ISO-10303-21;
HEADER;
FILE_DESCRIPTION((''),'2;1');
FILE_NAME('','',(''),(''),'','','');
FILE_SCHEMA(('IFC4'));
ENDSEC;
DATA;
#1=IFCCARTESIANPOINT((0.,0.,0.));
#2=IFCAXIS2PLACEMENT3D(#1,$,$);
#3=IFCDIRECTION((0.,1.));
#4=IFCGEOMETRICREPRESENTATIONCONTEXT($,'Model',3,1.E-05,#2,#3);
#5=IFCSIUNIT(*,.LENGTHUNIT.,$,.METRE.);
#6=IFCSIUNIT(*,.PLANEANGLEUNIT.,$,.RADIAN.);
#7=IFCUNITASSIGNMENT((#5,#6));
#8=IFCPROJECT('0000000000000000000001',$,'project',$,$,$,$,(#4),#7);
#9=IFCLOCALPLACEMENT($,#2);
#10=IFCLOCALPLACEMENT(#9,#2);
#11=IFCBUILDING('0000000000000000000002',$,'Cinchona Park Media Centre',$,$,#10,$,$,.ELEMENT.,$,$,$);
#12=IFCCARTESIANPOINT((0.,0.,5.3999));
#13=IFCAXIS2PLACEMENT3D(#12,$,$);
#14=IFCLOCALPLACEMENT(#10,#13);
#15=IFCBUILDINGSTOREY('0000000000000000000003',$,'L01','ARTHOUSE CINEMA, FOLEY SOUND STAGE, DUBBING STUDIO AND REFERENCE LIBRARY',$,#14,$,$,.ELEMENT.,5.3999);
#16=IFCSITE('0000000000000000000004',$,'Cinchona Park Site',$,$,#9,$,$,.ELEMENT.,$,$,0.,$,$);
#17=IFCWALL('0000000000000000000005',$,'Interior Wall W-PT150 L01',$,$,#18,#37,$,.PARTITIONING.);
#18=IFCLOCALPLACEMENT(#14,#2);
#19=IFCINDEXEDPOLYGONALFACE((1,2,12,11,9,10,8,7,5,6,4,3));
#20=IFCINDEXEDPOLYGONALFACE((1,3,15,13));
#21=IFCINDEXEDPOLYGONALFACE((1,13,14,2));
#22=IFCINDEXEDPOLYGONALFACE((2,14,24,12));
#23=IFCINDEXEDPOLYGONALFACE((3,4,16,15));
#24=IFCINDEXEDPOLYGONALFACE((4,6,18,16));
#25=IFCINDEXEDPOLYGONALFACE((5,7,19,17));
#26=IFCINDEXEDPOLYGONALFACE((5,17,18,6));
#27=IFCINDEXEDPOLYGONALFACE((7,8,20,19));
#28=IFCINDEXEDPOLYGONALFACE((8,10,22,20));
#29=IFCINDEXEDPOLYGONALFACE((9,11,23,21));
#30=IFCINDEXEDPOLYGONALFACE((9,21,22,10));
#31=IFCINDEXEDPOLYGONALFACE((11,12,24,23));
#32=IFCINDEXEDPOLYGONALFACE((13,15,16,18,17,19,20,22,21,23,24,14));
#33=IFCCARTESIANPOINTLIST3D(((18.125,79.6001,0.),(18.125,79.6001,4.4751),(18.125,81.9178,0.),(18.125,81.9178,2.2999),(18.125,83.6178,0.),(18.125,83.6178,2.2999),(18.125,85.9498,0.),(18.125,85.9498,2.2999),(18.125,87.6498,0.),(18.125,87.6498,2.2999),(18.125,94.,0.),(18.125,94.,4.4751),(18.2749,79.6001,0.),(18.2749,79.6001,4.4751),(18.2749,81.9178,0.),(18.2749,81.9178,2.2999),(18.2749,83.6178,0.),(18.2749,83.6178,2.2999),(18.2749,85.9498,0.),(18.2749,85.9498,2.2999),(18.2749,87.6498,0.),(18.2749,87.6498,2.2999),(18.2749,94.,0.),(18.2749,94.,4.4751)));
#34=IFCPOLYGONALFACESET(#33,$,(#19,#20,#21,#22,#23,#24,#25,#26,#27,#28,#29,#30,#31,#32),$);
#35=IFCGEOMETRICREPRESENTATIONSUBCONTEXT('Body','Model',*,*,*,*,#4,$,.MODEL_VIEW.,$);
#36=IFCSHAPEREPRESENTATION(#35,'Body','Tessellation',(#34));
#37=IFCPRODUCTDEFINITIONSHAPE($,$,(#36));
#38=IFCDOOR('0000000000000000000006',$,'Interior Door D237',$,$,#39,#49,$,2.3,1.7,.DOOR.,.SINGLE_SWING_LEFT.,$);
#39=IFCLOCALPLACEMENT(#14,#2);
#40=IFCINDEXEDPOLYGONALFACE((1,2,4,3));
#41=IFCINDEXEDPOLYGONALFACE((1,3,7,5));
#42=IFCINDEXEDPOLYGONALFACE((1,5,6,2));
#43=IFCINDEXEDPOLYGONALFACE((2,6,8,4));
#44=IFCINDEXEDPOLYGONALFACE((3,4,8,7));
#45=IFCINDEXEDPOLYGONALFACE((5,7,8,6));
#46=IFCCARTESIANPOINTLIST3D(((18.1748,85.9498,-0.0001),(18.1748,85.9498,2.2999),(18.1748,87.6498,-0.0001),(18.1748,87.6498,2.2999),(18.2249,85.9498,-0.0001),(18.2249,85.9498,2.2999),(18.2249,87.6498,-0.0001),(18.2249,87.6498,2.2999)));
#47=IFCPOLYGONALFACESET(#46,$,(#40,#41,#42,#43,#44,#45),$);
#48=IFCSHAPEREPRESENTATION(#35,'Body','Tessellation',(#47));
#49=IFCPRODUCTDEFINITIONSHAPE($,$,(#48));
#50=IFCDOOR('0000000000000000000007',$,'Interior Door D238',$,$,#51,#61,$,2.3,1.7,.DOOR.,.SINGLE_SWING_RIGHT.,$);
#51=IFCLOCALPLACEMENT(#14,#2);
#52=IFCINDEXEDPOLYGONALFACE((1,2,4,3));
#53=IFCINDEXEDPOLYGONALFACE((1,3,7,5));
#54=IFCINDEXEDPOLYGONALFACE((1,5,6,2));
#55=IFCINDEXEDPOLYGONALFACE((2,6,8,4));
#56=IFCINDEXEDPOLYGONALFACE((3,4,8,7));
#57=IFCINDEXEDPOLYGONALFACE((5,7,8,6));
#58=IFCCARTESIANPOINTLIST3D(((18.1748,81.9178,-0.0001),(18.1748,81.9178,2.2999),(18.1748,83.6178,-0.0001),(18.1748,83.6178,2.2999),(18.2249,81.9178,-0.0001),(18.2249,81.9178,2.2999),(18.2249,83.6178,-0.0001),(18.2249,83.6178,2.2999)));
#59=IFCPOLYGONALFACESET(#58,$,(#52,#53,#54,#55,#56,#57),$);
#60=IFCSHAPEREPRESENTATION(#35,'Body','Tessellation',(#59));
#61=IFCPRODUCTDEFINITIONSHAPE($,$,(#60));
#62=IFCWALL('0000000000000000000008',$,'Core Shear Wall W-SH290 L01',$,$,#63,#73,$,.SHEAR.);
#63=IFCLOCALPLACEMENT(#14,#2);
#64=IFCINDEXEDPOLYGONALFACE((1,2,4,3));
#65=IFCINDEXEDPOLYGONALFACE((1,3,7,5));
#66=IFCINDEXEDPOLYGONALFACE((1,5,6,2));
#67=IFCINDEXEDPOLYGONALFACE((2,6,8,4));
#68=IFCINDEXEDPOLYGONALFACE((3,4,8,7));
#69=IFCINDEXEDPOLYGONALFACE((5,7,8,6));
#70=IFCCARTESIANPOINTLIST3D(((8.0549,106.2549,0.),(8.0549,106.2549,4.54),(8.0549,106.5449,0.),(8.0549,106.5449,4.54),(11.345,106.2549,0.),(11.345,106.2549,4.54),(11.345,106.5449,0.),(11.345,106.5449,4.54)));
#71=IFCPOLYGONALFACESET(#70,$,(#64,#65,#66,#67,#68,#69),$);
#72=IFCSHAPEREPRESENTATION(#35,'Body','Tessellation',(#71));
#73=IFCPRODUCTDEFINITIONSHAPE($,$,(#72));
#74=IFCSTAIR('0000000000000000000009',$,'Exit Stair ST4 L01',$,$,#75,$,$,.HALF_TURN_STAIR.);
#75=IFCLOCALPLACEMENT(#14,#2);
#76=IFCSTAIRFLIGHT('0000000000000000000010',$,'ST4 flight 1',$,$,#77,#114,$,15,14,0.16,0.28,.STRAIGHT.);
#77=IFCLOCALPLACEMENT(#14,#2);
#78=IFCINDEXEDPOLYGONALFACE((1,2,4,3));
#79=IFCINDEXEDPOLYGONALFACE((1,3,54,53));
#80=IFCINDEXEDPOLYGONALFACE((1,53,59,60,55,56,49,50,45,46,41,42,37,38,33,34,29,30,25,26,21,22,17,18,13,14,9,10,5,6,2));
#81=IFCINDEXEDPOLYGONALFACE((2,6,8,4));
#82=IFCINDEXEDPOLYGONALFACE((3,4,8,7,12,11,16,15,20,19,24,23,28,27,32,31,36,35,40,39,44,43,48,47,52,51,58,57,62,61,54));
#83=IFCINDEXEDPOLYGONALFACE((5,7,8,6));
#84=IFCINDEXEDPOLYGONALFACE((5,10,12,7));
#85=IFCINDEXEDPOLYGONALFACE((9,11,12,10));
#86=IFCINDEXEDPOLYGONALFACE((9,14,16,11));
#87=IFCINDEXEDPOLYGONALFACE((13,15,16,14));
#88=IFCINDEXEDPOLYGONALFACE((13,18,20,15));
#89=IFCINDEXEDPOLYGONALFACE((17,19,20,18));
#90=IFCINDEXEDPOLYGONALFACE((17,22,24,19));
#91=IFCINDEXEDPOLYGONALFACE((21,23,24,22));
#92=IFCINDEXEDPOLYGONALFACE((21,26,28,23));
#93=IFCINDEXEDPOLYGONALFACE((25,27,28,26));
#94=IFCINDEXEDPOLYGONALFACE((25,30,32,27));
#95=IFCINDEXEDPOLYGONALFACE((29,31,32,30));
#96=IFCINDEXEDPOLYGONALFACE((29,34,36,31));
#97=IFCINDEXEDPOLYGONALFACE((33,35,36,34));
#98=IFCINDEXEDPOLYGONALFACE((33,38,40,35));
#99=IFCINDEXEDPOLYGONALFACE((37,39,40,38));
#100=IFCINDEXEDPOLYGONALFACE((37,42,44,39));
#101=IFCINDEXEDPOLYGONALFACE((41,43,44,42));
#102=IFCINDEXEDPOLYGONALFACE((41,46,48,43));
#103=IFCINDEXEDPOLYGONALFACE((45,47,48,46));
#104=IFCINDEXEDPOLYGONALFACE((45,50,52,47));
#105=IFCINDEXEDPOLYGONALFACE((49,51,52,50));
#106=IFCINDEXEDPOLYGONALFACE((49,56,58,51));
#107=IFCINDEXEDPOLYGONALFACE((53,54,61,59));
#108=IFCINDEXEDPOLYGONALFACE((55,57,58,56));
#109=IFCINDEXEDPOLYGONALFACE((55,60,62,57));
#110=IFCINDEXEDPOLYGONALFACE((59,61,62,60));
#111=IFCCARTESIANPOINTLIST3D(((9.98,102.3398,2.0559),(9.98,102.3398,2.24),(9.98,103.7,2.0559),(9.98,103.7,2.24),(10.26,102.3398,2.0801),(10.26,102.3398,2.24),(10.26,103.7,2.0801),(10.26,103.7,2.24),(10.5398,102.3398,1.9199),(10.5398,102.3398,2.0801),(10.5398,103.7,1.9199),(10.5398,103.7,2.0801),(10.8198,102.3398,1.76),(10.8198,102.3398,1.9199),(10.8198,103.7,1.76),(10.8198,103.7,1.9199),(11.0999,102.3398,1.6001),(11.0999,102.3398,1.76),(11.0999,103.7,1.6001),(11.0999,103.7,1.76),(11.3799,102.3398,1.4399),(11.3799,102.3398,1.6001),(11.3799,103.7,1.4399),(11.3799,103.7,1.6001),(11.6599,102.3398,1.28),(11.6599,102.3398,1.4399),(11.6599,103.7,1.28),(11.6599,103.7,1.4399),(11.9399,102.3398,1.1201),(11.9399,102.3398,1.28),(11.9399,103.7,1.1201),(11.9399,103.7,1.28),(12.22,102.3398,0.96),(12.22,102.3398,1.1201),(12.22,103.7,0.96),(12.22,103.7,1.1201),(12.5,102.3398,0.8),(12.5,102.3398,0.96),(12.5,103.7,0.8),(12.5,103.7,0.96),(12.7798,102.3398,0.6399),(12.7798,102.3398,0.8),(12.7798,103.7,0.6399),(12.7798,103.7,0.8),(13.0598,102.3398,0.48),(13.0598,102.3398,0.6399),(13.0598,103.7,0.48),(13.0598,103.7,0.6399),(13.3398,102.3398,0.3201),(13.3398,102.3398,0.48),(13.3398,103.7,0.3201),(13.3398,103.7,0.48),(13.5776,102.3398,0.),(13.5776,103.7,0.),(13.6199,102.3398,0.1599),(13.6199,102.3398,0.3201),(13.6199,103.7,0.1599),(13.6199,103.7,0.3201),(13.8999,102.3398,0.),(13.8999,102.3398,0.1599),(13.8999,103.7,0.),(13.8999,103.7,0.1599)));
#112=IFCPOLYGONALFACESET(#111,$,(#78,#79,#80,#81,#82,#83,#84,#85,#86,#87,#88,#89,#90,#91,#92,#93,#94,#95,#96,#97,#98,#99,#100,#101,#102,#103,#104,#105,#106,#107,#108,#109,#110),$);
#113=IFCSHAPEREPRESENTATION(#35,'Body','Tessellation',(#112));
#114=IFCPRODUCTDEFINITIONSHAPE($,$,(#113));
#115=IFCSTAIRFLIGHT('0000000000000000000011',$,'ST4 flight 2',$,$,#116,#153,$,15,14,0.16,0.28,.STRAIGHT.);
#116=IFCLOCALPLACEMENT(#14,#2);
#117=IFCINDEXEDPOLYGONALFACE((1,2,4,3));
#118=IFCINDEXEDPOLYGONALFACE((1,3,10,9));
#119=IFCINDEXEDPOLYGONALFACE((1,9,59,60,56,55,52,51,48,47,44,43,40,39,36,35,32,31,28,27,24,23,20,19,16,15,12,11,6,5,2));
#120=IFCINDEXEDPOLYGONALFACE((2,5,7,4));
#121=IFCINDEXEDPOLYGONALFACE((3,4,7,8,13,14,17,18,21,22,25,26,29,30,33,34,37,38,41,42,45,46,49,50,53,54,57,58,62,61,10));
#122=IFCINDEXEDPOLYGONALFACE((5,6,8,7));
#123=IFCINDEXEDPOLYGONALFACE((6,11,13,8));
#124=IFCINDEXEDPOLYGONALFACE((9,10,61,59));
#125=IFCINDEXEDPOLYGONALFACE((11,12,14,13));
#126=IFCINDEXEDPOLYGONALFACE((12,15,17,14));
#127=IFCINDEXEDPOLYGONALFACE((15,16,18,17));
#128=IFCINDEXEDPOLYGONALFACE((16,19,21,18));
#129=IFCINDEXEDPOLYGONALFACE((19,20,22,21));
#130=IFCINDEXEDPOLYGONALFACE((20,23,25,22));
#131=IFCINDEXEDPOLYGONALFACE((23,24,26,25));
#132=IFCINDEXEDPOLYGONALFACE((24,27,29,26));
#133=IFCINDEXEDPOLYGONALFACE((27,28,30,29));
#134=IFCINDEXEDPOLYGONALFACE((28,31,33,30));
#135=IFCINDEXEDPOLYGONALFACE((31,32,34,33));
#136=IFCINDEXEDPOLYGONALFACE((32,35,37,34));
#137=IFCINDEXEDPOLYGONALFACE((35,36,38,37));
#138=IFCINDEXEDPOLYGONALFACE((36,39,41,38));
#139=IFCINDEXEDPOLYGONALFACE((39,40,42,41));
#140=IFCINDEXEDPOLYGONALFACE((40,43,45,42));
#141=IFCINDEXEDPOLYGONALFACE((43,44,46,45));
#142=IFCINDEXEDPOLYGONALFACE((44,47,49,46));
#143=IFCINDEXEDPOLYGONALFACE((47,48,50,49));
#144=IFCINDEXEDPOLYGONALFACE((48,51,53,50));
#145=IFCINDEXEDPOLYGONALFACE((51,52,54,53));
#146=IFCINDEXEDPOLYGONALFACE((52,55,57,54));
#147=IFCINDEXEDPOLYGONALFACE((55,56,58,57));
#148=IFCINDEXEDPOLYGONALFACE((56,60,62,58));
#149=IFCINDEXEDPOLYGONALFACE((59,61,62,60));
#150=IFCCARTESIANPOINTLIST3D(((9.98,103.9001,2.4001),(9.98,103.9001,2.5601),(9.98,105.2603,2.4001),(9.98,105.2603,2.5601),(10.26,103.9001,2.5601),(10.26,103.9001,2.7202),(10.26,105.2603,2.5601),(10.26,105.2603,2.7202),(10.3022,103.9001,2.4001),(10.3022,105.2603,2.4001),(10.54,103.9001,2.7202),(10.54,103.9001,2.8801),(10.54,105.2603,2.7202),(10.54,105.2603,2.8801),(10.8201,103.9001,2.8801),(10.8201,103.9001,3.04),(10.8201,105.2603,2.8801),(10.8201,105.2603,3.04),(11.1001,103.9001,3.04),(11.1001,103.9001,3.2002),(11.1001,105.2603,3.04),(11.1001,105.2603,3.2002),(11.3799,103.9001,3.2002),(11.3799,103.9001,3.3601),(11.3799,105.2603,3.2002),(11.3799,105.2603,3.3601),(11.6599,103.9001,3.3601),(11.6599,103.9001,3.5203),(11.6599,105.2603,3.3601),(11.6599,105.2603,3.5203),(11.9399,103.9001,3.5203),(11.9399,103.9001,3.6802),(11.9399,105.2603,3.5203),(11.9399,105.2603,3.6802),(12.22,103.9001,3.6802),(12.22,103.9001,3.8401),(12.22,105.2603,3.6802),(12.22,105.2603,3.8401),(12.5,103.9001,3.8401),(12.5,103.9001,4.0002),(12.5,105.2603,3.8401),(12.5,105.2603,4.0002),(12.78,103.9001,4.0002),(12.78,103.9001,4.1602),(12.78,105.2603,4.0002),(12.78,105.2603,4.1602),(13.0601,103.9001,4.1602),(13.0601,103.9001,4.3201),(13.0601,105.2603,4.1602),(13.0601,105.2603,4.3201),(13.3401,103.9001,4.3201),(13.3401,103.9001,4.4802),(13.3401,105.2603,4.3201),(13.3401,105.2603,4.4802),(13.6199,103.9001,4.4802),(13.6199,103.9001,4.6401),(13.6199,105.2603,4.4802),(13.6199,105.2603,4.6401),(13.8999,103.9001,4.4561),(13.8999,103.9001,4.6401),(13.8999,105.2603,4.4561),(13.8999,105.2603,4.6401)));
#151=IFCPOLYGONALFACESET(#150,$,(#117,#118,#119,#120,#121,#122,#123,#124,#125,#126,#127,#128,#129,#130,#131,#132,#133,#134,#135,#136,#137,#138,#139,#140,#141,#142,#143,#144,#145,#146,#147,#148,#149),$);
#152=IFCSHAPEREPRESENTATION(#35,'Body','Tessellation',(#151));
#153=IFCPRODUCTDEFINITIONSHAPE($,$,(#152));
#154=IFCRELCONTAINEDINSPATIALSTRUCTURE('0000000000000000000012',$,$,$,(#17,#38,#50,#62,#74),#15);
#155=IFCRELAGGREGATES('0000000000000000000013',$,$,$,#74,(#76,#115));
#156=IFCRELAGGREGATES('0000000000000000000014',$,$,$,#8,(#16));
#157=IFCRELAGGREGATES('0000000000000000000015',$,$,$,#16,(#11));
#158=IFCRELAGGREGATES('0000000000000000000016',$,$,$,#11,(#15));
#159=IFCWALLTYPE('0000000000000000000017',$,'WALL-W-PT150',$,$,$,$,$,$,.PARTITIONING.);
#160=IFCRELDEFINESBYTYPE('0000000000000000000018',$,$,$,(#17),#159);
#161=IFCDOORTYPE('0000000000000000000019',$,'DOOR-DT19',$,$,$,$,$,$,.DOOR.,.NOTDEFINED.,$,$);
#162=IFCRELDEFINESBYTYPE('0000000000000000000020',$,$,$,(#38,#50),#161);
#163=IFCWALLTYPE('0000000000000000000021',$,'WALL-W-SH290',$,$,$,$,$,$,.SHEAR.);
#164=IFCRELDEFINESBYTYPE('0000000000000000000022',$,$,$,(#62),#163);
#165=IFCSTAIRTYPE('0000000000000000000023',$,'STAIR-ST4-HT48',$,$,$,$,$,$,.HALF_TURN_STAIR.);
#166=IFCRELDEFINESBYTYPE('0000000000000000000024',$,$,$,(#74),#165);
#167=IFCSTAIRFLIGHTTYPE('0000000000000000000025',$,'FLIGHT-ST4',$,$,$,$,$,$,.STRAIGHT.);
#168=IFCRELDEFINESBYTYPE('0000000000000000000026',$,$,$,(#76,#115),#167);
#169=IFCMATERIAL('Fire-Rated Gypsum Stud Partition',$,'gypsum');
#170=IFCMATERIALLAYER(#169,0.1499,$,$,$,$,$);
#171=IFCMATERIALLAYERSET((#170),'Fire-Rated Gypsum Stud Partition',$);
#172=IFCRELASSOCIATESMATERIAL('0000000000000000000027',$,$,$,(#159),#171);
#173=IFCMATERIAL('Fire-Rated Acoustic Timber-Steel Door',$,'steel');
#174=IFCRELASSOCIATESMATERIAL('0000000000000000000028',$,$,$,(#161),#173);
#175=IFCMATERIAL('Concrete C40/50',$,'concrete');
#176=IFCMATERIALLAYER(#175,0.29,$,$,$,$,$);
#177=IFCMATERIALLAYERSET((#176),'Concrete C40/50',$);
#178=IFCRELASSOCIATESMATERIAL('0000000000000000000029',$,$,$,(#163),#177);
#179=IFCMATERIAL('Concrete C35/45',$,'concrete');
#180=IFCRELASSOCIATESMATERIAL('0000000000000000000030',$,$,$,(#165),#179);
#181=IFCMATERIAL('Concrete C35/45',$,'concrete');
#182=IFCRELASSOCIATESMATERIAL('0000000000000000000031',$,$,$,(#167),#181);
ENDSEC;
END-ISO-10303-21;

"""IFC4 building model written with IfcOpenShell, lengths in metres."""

from ifc_helpers import new_model, si_unit, direction, frame, frame_2d, origin, place, context, subcontext, project, spatial, polyline, rectangle, outline, extrude, material, layer, layer_set, type_object, element, fill, aggregate, save


model = new_model("IFC4")

# Units and contexts
model_context = context("Model", 3, precision=1e-05, world=origin(), true_north=direction((0.0, 1.0)))
body_context = subcontext(model_context, "Body", "Model", "MODEL_VIEW")
ifc_project = project(units=[si_unit("LENGTHUNIT", "METRE"), si_unit("PLANEANGLEUNIT", "RADIAN")], contexts=[model_context])

# Site, building, storey
site_placement = place(None, origin())
site = spatial("IfcSite", under=ifc_project, at=site_placement, Name="Cinchona Park Site", CompositionType="ELEMENT", RefElevation=0.0)
building_placement = place(site_placement, origin())
building = spatial("IfcBuilding", under=site, at=building_placement, Name="Cinchona Park Media Centre", CompositionType="ELEMENT")
storey_placement = place(building_placement, frame((0.0, 0.0, 5.3999)))
storey = spatial("IfcBuildingStorey", under=building, at=storey_placement, Name="L01", Description="ARTHOUSE CINEMA, FOLEY SOUND STAGE, DUBBING STUDIO AND REFERENCE LIBRARY", CompositionType="ELEMENT", Elevation=5.3999)

# Wall, openings, doors
ifc_material_1 = material(Name="Fire-Rated Gypsum Stud Partition", Category="gypsum")
ifc_layer_1 = layer(ifc_material_1, 0.1499)
ifc_layer_set_1 = layer_set([ifc_layer_1], Name="Fire-Rated Gypsum Stud Partition")
wall_type_1 = type_object("IfcWallType", Name="WALL-W-PT150", PredefinedType="PARTITIONING", material=ifc_layer_set_1)
wall_1_placement = place(storey_placement, frame((18.2, 94.0, 0.0), z_axis=(0.0, 0.0, 1.0), x_axis=(0.0, -1.0, 0.0)))
wall_1 = element("IfcWall", 1, at=wall_1_placement, inside=storey, type_object=wall_type_1, Name="Interior Wall W-PT150 L01", PredefinedType="PARTITIONING", context=body_context, shape_type="SweptSolid", body=[
    extrude(rectangle(XDim=14.3999, YDim=0.1499, at=frame_2d((7.2, 0.0))), origin(), (0.0, 0.0, 1.0), 4.4751),
])
opening_1_placement = place(wall_1_placement, frame((6.3501, 0.0, 0.0)))
opening_1 = element("IfcOpeningElement", 2, at=opening_1_placement, cuts=wall_1, PredefinedType="OPENING", context=body_context, shape_type="SweptSolid", body=[
    extrude(rectangle(XDim=1.7, YDim=2.3, at=frame_2d((0.8501, 1.1499))), frame((0.0, 0.085, 0.0), z_axis=(0.0, -1.0, 0.0), x_axis=(1.0, 0.0, 0.0)), (0.0, 0.0, 1.0), 0.1699),
])
opening_2_placement = place(wall_1_placement, frame((10.3821, 0.0, 0.0)))
opening_2 = element("IfcOpeningElement", 3, at=opening_2_placement, cuts=wall_1, PredefinedType="OPENING", context=body_context, shape_type="SweptSolid", body=[
    extrude(rectangle(XDim=1.7, YDim=2.3, at=frame_2d((0.8501, 1.1499))), frame((0.0, 0.085, 0.0), z_axis=(0.0, -1.0, 0.0), x_axis=(1.0, 0.0, 0.0)), (0.0, 0.0, 1.0), 0.1699),
])
ifc_material_2 = material(Name="Fire-Rated Acoustic Timber-Steel Door", Category="steel")
door_type_1 = type_object("IfcDoorType", Name="DOOR-DT19", OperationType="NOTDEFINED", PredefinedType="DOOR", material=ifc_material_2)
door_1_placement = place(opening_1_placement, origin())
door_1 = element("IfcDoor", 4, at=door_1_placement, inside=storey, type_object=door_type_1, Name="Interior Door D237", OperationType="SINGLE_SWING_LEFT", OverallHeight=2.3, OverallWidth=1.7, PredefinedType="DOOR", context=body_context, shape_type="SweptSolid", body=[
    extrude(rectangle(XDim=1.7, YDim=2.3, at=frame_2d((0.8501, 1.1499))), frame((0.0, 0.0249, 0.0), z_axis=(0.0, -1.0, 0.0), x_axis=(1.0, 0.0, 0.0)), (0.0, 0.0, 1.0), 0.05),
])
fill(opening_1, door_1)
door_2_placement = place(opening_2_placement, origin())
door_2 = element("IfcDoor", 5, at=door_2_placement, inside=storey, type_object=door_type_1, Name="Interior Door D238", OperationType="SINGLE_SWING_RIGHT", OverallHeight=2.3, OverallWidth=1.7, PredefinedType="DOOR", context=body_context, shape_type="SweptSolid", body=[
    extrude(rectangle(XDim=1.7, YDim=2.3, at=frame_2d((0.8501, 1.1499))), frame((0.0, 0.0249, 0.0), z_axis=(0.0, -1.0, 0.0), x_axis=(1.0, 0.0, 0.0)), (0.0, 0.0, 1.0), 0.05),
])
fill(opening_2, door_2)

# Wall
ifc_material_3 = material(Name="Concrete C40/50", Category="concrete")
ifc_layer_2 = layer(ifc_material_3, 0.29)
ifc_layer_set_2 = layer_set([ifc_layer_2], Name="Concrete C40/50")
wall_type_2 = type_object("IfcWallType", Name="WALL-W-SH290", PredefinedType="SHEAR", material=ifc_layer_set_2)
wall_2_placement = place(storey_placement, frame((8.0549, 106.3999, 0.0), z_axis=(0.0, 0.0, 1.0), x_axis=(1.0, 0.0, 0.0)))
element("IfcWall", 6, at=wall_2_placement, inside=storey, type_object=wall_type_2, Name="Core Shear Wall W-SH290 L01", PredefinedType="SHEAR", context=body_context, shape_type="SweptSolid", body=[
    extrude(rectangle(XDim=3.29, YDim=0.29, at=frame_2d((1.645, 0.0))), origin(), (0.0, 0.0, 1.0), 4.54),
])

# Stair, stair flights
ifc_material_4 = material(Name="Concrete C35/45", Category="concrete")
stair_type = type_object("IfcStairType", Name="STAIR-ST4-HT48", PredefinedType="HALF_TURN_STAIR", material=ifc_material_4)
stair_placement = place(storey_placement, origin())
stair = element("IfcStair", 7, at=stair_placement, inside=storey, type_object=stair_type, Name="Exit Stair ST4 L01", PredefinedType="HALF_TURN_STAIR")
ifc_material_5 = material(Name="Concrete C35/45", Category="concrete")
stair_flight_type = type_object("IfcStairFlightType", Name="FLIGHT-ST4", PredefinedType="STRAIGHT", material=ifc_material_5)
stair_flight_1_placement = place(storey_placement, frame((13.8999, 103.02, 0.0), z_axis=(0.0, 0.0, 1.0), x_axis=(-1.0, 0.0, 0.0)))
stair_flight_1 = element("IfcStairFlight", 8, at=stair_flight_1_placement, type_object=stair_flight_type, Name="ST4 flight 1", NumberOfRisers=15, NumberOfTreads=14, PredefinedType="STRAIGHT", RiserHeight=0.16, TreadLength=0.28, context=body_context, shape_type="SweptSolid", body=[
    extrude(outline(polyline([(0.0, 0.0), (0.0, 0.1599), (0.28, 0.1599), (0.28, 0.3201), (0.5601, 0.3201), (0.5601, 0.48), (0.8401, 0.48), (0.8401, 0.6399), (1.1201, 0.6399), (1.1201, 0.8), (1.3999, 0.8), (1.3999, 0.96), (1.6799, 0.96), (1.6799, 1.1201), (1.96, 1.1201), (1.96, 1.28), (2.24, 1.28), (2.24, 1.4399), (2.52, 1.4399), (2.52, 1.6001), (2.8, 1.6001), (2.8, 1.76), (3.0801, 1.76), (3.0801, 1.9199), (3.3601, 1.9199), (3.3601, 2.0801), (3.6399, 2.0801), (3.6399, 2.24), (3.9199, 2.24), (3.9199, 2.3999), (3.9199, 2.0559), (0.3223, 0.0), (0.0, 0.0)])), frame((0.0, 0.6802, 0.0), z_axis=(0.0, -1.0, 0.0), x_axis=(1.0, 0.0, 0.0)), (0.0, 0.0, 1.0), 1.3601),
])
stair_flight_2_placement = place(storey_placement, frame((9.98, 104.5801, 2.4001), z_axis=(0.0, 0.0, 1.0), x_axis=(1.0, 0.0, 0.0)))
stair_flight_2 = element("IfcStairFlight", 9, at=stair_flight_2_placement, type_object=stair_flight_type, Name="ST4 flight 2", NumberOfRisers=15, NumberOfTreads=14, PredefinedType="STRAIGHT", RiserHeight=0.16, TreadLength=0.28, context=body_context, shape_type="SweptSolid", body=[
    extrude(outline(polyline([(0.0, 0.0), (0.0, 0.1599), (0.28, 0.1599), (0.28, 0.3201), (0.5601, 0.3201), (0.5601, 0.48), (0.8401, 0.48), (0.8401, 0.6399), (1.1201, 0.6399), (1.1201, 0.8), (1.3999, 0.8), (1.3999, 0.96), (1.6799, 0.96), (1.6799, 1.1201), (1.96, 1.1201), (1.96, 1.28), (2.24, 1.28), (2.24, 1.4399), (2.52, 1.4399), (2.52, 1.6001), (2.8, 1.6001), (2.8, 1.76), (3.0801, 1.76), (3.0801, 1.9199), (3.3601, 1.9199), (3.3601, 2.0801), (3.6399, 2.0801), (3.6399, 2.24), (3.9199, 2.24), (3.9199, 2.3999), (3.9199, 2.0559), (0.3223, 0.0), (0.0, 0.0)])), frame((0.0, 0.6802, 0.0), z_axis=(0.0, -1.0, 0.0), x_axis=(1.0, 0.0, 0.0)), (0.0, 0.0, 1.0), 1.3601),
])
aggregate(stair, [stair_flight_1, stair_flight_2])

save(model, "model.ifc")
